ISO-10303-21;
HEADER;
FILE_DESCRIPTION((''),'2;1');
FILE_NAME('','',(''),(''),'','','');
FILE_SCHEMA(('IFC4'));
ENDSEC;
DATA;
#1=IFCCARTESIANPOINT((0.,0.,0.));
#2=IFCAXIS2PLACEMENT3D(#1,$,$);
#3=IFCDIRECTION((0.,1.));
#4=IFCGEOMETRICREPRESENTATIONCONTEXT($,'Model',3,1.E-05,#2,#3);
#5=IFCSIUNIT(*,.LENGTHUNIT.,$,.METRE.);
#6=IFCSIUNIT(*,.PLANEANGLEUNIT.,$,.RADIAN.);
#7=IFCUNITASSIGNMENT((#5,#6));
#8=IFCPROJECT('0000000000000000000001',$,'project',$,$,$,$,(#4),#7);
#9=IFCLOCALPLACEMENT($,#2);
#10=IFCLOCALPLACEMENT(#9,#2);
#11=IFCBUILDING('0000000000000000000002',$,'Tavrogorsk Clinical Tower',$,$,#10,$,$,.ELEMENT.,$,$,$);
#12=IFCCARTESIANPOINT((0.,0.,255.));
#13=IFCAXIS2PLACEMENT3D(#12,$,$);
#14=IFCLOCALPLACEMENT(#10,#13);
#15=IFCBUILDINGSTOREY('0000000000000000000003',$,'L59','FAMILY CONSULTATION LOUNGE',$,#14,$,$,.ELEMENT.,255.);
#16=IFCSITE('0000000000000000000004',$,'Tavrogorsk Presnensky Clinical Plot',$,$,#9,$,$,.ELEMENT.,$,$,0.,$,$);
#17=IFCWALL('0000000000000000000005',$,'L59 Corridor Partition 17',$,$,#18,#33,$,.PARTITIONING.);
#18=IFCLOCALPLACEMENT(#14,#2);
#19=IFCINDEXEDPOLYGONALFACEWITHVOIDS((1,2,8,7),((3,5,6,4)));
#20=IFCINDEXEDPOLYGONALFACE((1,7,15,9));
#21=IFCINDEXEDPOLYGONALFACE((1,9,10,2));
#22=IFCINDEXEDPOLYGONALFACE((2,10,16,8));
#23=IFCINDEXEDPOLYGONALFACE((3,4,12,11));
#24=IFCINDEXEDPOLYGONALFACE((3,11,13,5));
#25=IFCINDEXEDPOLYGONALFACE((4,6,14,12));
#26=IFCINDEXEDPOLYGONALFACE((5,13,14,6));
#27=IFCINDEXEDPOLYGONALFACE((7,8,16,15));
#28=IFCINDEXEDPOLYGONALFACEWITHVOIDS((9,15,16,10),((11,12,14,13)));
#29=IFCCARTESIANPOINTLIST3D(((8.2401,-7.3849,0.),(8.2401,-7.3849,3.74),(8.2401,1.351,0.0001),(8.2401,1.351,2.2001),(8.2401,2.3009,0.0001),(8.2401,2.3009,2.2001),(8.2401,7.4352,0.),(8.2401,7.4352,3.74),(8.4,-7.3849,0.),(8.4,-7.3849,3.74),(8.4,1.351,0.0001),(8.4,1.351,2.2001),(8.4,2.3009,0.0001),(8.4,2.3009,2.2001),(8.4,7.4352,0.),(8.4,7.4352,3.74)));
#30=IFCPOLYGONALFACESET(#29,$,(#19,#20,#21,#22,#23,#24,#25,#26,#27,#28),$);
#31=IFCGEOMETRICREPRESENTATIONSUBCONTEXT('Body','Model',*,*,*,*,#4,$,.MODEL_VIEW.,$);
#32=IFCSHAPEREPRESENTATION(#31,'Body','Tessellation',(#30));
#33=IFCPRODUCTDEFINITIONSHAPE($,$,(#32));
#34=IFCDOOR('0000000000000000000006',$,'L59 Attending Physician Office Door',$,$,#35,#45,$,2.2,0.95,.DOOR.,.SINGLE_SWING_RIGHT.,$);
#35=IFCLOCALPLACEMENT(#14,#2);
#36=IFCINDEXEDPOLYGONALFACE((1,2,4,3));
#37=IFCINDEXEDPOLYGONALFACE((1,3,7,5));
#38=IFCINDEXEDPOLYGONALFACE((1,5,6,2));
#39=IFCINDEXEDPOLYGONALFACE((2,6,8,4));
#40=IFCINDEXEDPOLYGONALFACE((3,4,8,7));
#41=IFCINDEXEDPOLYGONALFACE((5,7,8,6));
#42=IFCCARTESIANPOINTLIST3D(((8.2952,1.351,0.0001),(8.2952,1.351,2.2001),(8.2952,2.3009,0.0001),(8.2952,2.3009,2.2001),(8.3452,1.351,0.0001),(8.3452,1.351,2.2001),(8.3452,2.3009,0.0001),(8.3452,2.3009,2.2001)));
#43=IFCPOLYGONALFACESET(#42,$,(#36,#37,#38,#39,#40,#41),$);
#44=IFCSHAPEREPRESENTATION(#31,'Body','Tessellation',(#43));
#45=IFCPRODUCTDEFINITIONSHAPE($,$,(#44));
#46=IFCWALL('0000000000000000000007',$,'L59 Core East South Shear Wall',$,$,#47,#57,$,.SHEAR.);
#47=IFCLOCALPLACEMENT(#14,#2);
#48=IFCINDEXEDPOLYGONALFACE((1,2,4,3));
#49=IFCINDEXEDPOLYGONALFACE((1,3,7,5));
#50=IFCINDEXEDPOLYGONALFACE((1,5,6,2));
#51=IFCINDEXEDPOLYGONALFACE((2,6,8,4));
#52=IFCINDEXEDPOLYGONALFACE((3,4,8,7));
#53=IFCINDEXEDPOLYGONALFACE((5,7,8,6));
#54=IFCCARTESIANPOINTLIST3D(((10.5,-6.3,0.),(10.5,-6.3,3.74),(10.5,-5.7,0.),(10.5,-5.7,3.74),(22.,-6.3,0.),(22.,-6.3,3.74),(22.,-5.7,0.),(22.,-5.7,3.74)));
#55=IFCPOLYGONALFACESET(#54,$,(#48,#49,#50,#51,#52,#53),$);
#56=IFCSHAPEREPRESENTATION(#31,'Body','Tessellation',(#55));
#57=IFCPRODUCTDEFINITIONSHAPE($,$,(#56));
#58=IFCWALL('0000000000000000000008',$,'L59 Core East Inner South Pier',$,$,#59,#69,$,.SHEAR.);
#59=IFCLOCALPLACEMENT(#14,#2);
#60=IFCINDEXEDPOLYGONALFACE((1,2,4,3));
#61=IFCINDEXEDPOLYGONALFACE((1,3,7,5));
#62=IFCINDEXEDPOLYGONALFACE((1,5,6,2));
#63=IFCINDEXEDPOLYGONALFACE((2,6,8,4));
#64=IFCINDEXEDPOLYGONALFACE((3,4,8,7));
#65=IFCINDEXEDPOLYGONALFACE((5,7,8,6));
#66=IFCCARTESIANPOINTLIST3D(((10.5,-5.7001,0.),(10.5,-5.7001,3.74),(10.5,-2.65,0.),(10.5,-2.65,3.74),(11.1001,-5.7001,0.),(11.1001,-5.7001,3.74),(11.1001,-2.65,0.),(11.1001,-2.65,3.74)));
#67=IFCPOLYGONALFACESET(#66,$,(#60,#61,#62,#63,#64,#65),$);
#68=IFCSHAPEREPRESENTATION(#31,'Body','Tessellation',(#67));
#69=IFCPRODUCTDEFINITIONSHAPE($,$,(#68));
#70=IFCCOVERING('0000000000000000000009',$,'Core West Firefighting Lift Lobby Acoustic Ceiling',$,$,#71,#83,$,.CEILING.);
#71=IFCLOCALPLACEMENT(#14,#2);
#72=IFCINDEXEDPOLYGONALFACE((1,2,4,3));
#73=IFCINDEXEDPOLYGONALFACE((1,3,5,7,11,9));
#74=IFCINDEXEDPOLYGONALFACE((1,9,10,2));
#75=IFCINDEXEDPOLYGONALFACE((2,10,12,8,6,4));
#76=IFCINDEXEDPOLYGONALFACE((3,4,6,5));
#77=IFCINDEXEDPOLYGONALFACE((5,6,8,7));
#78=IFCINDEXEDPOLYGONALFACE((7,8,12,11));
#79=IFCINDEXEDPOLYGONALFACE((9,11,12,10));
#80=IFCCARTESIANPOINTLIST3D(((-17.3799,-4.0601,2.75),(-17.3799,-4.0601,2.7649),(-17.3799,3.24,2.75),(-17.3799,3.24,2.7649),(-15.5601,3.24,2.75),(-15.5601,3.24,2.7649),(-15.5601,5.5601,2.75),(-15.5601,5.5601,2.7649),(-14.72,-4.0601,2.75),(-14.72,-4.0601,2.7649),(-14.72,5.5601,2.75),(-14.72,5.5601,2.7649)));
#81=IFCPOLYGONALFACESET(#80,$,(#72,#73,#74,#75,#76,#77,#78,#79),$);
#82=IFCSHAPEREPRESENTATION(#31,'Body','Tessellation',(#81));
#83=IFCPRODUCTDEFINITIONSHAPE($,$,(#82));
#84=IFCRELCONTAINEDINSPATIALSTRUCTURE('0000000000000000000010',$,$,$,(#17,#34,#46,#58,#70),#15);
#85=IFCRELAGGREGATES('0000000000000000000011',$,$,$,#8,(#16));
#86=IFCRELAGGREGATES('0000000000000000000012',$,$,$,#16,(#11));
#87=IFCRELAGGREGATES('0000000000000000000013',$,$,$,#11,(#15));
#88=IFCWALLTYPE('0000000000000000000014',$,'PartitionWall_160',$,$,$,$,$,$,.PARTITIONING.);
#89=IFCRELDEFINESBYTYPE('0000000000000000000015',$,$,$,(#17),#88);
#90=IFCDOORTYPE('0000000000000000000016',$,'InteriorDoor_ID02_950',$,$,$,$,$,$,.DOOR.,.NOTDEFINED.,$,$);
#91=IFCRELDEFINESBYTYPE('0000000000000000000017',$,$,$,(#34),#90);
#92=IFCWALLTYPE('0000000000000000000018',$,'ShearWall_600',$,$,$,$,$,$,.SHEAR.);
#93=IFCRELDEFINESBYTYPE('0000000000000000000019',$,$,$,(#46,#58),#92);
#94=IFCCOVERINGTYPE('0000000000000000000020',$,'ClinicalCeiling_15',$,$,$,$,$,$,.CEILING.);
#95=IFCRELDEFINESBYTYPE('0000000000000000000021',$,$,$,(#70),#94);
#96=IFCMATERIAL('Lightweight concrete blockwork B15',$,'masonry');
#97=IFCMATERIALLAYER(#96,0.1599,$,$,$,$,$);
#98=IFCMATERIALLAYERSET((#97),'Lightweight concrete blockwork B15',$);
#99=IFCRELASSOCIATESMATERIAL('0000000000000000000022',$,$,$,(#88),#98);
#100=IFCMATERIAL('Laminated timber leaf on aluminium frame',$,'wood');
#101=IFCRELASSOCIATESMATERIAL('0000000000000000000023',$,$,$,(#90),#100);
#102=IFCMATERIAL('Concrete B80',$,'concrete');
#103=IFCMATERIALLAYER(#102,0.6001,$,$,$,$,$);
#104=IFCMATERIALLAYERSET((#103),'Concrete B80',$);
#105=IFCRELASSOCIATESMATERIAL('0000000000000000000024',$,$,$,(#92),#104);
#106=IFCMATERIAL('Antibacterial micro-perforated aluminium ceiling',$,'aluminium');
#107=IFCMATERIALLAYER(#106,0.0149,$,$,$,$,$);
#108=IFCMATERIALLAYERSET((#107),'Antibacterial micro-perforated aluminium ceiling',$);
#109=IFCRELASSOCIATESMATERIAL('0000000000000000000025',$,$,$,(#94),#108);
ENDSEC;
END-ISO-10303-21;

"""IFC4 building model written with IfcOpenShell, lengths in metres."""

from ifc_helpers import new_model, si_unit, direction, frame, frame_2d, origin, place, context, subcontext, project, spatial, polyline, rectangle, outline, extrude, material, layer, layer_set, type_object, element, fill, save


model = new_model("IFC4")

# Units and contexts
model_context = context("Model", 3, precision=1e-05, world=origin(), true_north=direction((0.0, 1.0)))
body_context = subcontext(model_context, "Body", "Model", "MODEL_VIEW")
ifc_project = project(units=[si_unit("LENGTHUNIT", "METRE"), si_unit("PLANEANGLEUNIT", "RADIAN")], contexts=[model_context])

# Site, building, storey
site_placement = place(None, origin())
site = spatial("IfcSite", under=ifc_project, at=site_placement, Name="Tavrogorsk Presnensky Clinical Plot", CompositionType="ELEMENT", RefElevation=0.0)
building_placement = place(site_placement, origin())
building = spatial("IfcBuilding", under=site, at=building_placement, Name="Tavrogorsk Clinical Tower", CompositionType="ELEMENT")
storey_placement = place(building_placement, frame((0.0, 0.0, 255.0)))
storey = spatial("IfcBuildingStorey", under=building, at=storey_placement, Name="L59", Description="FAMILY CONSULTATION LOUNGE", CompositionType="ELEMENT", Elevation=255.0)

# Shared definitions
ifc_material_1 = material(Name="Lightweight concrete blockwork B15", Category="masonry")
ifc_layer_1 = layer(ifc_material_1, 0.1599)
ifc_layer_set_1 = layer_set([ifc_layer_1], Name="Lightweight concrete blockwork B15")
wall_type_1 = type_object("IfcWallType", Name="PartitionWall_160", PredefinedType="PARTITIONING", material=ifc_layer_set_1)

# Wall, opening, door
ifc_material_2 = material(Name="Laminated timber leaf on aluminium frame", Category="wood")
door_type = type_object("IfcDoorType", Name="InteriorDoor_ID02_950", OperationType="NOTDEFINED", PredefinedType="DOOR", material=ifc_material_2)
wall_1_placement = place(storey_placement, frame((8.3201, -7.385, 0.0), z_axis=(0.0, 0.0, 1.0), x_axis=(0.0, 1.0, 0.0)))
wall_1 = element("IfcWall", 1, at=wall_1_placement, inside=storey, type_object=wall_type_1, Name="L59 Corridor Partition 17", PredefinedType="PARTITIONING", context=body_context, shape_type="SweptSolid", body=[
    extrude(rectangle(XDim=14.8201, YDim=0.1599, at=frame_2d((7.4102, 0.0))), origin(), (0.0, 0.0, 1.0), 3.74),
])
opening_1_placement = place(wall_1_placement, frame((8.7358, 0.0, 0.0)))
opening_1 = element("IfcOpeningElement", 2, at=opening_1_placement, cuts=wall_1, PredefinedType="OPENING", context=body_context, shape_type="SweptSolid", body=[
    extrude(rectangle(XDim=0.95, YDim=2.2, at=frame_2d((0.4751, 1.1001))), frame((0.0, 0.0898, 0.0), z_axis=(0.0, -1.0, 0.0), x_axis=(1.0, 0.0, 0.0)), (0.0, 0.0, 1.0), 0.1799),
])
door_1_placement = place(opening_1_placement, origin())
door_1 = element("IfcDoor", 3, at=door_1_placement, inside=storey, type_object=door_type, Name="L59 Attending Physician Office Door", OperationType="SINGLE_SWING_RIGHT", OverallHeight=2.2, OverallWidth=0.95, PredefinedType="DOOR", context=body_context, shape_type="SweptSolid", body=[
    extrude(rectangle(XDim=0.95, YDim=2.2, at=frame_2d((0.4751, 1.1001))), frame((0.0, 0.0249, 0.0), z_axis=(0.0, -1.0, 0.0), x_axis=(1.0, 0.0, 0.0)), (0.0, 0.0, 1.0), 0.05),
])
fill(opening_1, door_1)

# Walls
ifc_material_3 = material(Name="Concrete B80", Category="concrete")
ifc_layer_2 = layer(ifc_material_3, 0.6001)
ifc_layer_set_2 = layer_set([ifc_layer_2], Name="Concrete B80")
wall_type_2 = type_object("IfcWallType", Name="ShearWall_600", PredefinedType="SHEAR", material=ifc_layer_set_2)
wall_2_placement = place(storey_placement, frame((10.5, -6.0, 0.0), z_axis=(0.0, 0.0, 1.0), x_axis=(1.0, 0.0, 0.0)))
element("IfcWall", 4, at=wall_2_placement, inside=storey, type_object=wall_type_2, Name="L59 Core East South Shear Wall", PredefinedType="SHEAR", context=body_context, shape_type="SweptSolid", body=[
    extrude(rectangle(XDim=11.5, YDim=0.6001, at=frame_2d((5.75, 0.0))), origin(), (0.0, 0.0, 1.0), 3.74),
])
wall_3_placement = place(storey_placement, frame((10.8, -5.7, 0.0), z_axis=(0.0, 0.0, 1.0), x_axis=(0.0, 1.0, 0.0)))
element("IfcWall", 5, at=wall_3_placement, inside=storey, type_object=wall_type_2, Name="L59 Core East Inner South Pier", PredefinedType="SHEAR", context=body_context, shape_type="SweptSolid", body=[
    extrude(rectangle(XDim=3.05, YDim=0.6001, at=frame_2d((1.5249, 0.0))), origin(), (0.0, 0.0, 1.0), 3.74),
])

# Covering
ifc_material_4 = material(Name="Antibacterial micro-perforated aluminium ceiling", Category="aluminium")
ifc_layer_3 = layer(ifc_material_4, 0.0149)
ifc_layer_set_3 = layer_set([ifc_layer_3], Name="Antibacterial micro-perforated aluminium ceiling")
covering_type = type_object("IfcCoveringType", Name="ClinicalCeiling_15", PredefinedType="CEILING", material=ifc_layer_set_3)
covering_placement = place(storey_placement, frame((0.0, 0.0, 2.75)))
element("IfcCovering", 6, at=covering_placement, inside=storey, type_object=covering_type, Name="Core West Firefighting Lift Lobby Acoustic Ceiling", PredefinedType="CEILING", context=body_context, shape_type="SweptSolid", body=[
    extrude(outline(polyline([(-14.72, 5.5601), (-14.72, -4.0601), (-17.3799, -4.0601), (-17.3799, 3.24), (-15.5601, 3.24), (-15.5601, 5.5601), (-14.72, 5.5601)])), origin(), (0.0, 0.0, 1.0), 0.0149),
])

save(model, "model.ifc")
